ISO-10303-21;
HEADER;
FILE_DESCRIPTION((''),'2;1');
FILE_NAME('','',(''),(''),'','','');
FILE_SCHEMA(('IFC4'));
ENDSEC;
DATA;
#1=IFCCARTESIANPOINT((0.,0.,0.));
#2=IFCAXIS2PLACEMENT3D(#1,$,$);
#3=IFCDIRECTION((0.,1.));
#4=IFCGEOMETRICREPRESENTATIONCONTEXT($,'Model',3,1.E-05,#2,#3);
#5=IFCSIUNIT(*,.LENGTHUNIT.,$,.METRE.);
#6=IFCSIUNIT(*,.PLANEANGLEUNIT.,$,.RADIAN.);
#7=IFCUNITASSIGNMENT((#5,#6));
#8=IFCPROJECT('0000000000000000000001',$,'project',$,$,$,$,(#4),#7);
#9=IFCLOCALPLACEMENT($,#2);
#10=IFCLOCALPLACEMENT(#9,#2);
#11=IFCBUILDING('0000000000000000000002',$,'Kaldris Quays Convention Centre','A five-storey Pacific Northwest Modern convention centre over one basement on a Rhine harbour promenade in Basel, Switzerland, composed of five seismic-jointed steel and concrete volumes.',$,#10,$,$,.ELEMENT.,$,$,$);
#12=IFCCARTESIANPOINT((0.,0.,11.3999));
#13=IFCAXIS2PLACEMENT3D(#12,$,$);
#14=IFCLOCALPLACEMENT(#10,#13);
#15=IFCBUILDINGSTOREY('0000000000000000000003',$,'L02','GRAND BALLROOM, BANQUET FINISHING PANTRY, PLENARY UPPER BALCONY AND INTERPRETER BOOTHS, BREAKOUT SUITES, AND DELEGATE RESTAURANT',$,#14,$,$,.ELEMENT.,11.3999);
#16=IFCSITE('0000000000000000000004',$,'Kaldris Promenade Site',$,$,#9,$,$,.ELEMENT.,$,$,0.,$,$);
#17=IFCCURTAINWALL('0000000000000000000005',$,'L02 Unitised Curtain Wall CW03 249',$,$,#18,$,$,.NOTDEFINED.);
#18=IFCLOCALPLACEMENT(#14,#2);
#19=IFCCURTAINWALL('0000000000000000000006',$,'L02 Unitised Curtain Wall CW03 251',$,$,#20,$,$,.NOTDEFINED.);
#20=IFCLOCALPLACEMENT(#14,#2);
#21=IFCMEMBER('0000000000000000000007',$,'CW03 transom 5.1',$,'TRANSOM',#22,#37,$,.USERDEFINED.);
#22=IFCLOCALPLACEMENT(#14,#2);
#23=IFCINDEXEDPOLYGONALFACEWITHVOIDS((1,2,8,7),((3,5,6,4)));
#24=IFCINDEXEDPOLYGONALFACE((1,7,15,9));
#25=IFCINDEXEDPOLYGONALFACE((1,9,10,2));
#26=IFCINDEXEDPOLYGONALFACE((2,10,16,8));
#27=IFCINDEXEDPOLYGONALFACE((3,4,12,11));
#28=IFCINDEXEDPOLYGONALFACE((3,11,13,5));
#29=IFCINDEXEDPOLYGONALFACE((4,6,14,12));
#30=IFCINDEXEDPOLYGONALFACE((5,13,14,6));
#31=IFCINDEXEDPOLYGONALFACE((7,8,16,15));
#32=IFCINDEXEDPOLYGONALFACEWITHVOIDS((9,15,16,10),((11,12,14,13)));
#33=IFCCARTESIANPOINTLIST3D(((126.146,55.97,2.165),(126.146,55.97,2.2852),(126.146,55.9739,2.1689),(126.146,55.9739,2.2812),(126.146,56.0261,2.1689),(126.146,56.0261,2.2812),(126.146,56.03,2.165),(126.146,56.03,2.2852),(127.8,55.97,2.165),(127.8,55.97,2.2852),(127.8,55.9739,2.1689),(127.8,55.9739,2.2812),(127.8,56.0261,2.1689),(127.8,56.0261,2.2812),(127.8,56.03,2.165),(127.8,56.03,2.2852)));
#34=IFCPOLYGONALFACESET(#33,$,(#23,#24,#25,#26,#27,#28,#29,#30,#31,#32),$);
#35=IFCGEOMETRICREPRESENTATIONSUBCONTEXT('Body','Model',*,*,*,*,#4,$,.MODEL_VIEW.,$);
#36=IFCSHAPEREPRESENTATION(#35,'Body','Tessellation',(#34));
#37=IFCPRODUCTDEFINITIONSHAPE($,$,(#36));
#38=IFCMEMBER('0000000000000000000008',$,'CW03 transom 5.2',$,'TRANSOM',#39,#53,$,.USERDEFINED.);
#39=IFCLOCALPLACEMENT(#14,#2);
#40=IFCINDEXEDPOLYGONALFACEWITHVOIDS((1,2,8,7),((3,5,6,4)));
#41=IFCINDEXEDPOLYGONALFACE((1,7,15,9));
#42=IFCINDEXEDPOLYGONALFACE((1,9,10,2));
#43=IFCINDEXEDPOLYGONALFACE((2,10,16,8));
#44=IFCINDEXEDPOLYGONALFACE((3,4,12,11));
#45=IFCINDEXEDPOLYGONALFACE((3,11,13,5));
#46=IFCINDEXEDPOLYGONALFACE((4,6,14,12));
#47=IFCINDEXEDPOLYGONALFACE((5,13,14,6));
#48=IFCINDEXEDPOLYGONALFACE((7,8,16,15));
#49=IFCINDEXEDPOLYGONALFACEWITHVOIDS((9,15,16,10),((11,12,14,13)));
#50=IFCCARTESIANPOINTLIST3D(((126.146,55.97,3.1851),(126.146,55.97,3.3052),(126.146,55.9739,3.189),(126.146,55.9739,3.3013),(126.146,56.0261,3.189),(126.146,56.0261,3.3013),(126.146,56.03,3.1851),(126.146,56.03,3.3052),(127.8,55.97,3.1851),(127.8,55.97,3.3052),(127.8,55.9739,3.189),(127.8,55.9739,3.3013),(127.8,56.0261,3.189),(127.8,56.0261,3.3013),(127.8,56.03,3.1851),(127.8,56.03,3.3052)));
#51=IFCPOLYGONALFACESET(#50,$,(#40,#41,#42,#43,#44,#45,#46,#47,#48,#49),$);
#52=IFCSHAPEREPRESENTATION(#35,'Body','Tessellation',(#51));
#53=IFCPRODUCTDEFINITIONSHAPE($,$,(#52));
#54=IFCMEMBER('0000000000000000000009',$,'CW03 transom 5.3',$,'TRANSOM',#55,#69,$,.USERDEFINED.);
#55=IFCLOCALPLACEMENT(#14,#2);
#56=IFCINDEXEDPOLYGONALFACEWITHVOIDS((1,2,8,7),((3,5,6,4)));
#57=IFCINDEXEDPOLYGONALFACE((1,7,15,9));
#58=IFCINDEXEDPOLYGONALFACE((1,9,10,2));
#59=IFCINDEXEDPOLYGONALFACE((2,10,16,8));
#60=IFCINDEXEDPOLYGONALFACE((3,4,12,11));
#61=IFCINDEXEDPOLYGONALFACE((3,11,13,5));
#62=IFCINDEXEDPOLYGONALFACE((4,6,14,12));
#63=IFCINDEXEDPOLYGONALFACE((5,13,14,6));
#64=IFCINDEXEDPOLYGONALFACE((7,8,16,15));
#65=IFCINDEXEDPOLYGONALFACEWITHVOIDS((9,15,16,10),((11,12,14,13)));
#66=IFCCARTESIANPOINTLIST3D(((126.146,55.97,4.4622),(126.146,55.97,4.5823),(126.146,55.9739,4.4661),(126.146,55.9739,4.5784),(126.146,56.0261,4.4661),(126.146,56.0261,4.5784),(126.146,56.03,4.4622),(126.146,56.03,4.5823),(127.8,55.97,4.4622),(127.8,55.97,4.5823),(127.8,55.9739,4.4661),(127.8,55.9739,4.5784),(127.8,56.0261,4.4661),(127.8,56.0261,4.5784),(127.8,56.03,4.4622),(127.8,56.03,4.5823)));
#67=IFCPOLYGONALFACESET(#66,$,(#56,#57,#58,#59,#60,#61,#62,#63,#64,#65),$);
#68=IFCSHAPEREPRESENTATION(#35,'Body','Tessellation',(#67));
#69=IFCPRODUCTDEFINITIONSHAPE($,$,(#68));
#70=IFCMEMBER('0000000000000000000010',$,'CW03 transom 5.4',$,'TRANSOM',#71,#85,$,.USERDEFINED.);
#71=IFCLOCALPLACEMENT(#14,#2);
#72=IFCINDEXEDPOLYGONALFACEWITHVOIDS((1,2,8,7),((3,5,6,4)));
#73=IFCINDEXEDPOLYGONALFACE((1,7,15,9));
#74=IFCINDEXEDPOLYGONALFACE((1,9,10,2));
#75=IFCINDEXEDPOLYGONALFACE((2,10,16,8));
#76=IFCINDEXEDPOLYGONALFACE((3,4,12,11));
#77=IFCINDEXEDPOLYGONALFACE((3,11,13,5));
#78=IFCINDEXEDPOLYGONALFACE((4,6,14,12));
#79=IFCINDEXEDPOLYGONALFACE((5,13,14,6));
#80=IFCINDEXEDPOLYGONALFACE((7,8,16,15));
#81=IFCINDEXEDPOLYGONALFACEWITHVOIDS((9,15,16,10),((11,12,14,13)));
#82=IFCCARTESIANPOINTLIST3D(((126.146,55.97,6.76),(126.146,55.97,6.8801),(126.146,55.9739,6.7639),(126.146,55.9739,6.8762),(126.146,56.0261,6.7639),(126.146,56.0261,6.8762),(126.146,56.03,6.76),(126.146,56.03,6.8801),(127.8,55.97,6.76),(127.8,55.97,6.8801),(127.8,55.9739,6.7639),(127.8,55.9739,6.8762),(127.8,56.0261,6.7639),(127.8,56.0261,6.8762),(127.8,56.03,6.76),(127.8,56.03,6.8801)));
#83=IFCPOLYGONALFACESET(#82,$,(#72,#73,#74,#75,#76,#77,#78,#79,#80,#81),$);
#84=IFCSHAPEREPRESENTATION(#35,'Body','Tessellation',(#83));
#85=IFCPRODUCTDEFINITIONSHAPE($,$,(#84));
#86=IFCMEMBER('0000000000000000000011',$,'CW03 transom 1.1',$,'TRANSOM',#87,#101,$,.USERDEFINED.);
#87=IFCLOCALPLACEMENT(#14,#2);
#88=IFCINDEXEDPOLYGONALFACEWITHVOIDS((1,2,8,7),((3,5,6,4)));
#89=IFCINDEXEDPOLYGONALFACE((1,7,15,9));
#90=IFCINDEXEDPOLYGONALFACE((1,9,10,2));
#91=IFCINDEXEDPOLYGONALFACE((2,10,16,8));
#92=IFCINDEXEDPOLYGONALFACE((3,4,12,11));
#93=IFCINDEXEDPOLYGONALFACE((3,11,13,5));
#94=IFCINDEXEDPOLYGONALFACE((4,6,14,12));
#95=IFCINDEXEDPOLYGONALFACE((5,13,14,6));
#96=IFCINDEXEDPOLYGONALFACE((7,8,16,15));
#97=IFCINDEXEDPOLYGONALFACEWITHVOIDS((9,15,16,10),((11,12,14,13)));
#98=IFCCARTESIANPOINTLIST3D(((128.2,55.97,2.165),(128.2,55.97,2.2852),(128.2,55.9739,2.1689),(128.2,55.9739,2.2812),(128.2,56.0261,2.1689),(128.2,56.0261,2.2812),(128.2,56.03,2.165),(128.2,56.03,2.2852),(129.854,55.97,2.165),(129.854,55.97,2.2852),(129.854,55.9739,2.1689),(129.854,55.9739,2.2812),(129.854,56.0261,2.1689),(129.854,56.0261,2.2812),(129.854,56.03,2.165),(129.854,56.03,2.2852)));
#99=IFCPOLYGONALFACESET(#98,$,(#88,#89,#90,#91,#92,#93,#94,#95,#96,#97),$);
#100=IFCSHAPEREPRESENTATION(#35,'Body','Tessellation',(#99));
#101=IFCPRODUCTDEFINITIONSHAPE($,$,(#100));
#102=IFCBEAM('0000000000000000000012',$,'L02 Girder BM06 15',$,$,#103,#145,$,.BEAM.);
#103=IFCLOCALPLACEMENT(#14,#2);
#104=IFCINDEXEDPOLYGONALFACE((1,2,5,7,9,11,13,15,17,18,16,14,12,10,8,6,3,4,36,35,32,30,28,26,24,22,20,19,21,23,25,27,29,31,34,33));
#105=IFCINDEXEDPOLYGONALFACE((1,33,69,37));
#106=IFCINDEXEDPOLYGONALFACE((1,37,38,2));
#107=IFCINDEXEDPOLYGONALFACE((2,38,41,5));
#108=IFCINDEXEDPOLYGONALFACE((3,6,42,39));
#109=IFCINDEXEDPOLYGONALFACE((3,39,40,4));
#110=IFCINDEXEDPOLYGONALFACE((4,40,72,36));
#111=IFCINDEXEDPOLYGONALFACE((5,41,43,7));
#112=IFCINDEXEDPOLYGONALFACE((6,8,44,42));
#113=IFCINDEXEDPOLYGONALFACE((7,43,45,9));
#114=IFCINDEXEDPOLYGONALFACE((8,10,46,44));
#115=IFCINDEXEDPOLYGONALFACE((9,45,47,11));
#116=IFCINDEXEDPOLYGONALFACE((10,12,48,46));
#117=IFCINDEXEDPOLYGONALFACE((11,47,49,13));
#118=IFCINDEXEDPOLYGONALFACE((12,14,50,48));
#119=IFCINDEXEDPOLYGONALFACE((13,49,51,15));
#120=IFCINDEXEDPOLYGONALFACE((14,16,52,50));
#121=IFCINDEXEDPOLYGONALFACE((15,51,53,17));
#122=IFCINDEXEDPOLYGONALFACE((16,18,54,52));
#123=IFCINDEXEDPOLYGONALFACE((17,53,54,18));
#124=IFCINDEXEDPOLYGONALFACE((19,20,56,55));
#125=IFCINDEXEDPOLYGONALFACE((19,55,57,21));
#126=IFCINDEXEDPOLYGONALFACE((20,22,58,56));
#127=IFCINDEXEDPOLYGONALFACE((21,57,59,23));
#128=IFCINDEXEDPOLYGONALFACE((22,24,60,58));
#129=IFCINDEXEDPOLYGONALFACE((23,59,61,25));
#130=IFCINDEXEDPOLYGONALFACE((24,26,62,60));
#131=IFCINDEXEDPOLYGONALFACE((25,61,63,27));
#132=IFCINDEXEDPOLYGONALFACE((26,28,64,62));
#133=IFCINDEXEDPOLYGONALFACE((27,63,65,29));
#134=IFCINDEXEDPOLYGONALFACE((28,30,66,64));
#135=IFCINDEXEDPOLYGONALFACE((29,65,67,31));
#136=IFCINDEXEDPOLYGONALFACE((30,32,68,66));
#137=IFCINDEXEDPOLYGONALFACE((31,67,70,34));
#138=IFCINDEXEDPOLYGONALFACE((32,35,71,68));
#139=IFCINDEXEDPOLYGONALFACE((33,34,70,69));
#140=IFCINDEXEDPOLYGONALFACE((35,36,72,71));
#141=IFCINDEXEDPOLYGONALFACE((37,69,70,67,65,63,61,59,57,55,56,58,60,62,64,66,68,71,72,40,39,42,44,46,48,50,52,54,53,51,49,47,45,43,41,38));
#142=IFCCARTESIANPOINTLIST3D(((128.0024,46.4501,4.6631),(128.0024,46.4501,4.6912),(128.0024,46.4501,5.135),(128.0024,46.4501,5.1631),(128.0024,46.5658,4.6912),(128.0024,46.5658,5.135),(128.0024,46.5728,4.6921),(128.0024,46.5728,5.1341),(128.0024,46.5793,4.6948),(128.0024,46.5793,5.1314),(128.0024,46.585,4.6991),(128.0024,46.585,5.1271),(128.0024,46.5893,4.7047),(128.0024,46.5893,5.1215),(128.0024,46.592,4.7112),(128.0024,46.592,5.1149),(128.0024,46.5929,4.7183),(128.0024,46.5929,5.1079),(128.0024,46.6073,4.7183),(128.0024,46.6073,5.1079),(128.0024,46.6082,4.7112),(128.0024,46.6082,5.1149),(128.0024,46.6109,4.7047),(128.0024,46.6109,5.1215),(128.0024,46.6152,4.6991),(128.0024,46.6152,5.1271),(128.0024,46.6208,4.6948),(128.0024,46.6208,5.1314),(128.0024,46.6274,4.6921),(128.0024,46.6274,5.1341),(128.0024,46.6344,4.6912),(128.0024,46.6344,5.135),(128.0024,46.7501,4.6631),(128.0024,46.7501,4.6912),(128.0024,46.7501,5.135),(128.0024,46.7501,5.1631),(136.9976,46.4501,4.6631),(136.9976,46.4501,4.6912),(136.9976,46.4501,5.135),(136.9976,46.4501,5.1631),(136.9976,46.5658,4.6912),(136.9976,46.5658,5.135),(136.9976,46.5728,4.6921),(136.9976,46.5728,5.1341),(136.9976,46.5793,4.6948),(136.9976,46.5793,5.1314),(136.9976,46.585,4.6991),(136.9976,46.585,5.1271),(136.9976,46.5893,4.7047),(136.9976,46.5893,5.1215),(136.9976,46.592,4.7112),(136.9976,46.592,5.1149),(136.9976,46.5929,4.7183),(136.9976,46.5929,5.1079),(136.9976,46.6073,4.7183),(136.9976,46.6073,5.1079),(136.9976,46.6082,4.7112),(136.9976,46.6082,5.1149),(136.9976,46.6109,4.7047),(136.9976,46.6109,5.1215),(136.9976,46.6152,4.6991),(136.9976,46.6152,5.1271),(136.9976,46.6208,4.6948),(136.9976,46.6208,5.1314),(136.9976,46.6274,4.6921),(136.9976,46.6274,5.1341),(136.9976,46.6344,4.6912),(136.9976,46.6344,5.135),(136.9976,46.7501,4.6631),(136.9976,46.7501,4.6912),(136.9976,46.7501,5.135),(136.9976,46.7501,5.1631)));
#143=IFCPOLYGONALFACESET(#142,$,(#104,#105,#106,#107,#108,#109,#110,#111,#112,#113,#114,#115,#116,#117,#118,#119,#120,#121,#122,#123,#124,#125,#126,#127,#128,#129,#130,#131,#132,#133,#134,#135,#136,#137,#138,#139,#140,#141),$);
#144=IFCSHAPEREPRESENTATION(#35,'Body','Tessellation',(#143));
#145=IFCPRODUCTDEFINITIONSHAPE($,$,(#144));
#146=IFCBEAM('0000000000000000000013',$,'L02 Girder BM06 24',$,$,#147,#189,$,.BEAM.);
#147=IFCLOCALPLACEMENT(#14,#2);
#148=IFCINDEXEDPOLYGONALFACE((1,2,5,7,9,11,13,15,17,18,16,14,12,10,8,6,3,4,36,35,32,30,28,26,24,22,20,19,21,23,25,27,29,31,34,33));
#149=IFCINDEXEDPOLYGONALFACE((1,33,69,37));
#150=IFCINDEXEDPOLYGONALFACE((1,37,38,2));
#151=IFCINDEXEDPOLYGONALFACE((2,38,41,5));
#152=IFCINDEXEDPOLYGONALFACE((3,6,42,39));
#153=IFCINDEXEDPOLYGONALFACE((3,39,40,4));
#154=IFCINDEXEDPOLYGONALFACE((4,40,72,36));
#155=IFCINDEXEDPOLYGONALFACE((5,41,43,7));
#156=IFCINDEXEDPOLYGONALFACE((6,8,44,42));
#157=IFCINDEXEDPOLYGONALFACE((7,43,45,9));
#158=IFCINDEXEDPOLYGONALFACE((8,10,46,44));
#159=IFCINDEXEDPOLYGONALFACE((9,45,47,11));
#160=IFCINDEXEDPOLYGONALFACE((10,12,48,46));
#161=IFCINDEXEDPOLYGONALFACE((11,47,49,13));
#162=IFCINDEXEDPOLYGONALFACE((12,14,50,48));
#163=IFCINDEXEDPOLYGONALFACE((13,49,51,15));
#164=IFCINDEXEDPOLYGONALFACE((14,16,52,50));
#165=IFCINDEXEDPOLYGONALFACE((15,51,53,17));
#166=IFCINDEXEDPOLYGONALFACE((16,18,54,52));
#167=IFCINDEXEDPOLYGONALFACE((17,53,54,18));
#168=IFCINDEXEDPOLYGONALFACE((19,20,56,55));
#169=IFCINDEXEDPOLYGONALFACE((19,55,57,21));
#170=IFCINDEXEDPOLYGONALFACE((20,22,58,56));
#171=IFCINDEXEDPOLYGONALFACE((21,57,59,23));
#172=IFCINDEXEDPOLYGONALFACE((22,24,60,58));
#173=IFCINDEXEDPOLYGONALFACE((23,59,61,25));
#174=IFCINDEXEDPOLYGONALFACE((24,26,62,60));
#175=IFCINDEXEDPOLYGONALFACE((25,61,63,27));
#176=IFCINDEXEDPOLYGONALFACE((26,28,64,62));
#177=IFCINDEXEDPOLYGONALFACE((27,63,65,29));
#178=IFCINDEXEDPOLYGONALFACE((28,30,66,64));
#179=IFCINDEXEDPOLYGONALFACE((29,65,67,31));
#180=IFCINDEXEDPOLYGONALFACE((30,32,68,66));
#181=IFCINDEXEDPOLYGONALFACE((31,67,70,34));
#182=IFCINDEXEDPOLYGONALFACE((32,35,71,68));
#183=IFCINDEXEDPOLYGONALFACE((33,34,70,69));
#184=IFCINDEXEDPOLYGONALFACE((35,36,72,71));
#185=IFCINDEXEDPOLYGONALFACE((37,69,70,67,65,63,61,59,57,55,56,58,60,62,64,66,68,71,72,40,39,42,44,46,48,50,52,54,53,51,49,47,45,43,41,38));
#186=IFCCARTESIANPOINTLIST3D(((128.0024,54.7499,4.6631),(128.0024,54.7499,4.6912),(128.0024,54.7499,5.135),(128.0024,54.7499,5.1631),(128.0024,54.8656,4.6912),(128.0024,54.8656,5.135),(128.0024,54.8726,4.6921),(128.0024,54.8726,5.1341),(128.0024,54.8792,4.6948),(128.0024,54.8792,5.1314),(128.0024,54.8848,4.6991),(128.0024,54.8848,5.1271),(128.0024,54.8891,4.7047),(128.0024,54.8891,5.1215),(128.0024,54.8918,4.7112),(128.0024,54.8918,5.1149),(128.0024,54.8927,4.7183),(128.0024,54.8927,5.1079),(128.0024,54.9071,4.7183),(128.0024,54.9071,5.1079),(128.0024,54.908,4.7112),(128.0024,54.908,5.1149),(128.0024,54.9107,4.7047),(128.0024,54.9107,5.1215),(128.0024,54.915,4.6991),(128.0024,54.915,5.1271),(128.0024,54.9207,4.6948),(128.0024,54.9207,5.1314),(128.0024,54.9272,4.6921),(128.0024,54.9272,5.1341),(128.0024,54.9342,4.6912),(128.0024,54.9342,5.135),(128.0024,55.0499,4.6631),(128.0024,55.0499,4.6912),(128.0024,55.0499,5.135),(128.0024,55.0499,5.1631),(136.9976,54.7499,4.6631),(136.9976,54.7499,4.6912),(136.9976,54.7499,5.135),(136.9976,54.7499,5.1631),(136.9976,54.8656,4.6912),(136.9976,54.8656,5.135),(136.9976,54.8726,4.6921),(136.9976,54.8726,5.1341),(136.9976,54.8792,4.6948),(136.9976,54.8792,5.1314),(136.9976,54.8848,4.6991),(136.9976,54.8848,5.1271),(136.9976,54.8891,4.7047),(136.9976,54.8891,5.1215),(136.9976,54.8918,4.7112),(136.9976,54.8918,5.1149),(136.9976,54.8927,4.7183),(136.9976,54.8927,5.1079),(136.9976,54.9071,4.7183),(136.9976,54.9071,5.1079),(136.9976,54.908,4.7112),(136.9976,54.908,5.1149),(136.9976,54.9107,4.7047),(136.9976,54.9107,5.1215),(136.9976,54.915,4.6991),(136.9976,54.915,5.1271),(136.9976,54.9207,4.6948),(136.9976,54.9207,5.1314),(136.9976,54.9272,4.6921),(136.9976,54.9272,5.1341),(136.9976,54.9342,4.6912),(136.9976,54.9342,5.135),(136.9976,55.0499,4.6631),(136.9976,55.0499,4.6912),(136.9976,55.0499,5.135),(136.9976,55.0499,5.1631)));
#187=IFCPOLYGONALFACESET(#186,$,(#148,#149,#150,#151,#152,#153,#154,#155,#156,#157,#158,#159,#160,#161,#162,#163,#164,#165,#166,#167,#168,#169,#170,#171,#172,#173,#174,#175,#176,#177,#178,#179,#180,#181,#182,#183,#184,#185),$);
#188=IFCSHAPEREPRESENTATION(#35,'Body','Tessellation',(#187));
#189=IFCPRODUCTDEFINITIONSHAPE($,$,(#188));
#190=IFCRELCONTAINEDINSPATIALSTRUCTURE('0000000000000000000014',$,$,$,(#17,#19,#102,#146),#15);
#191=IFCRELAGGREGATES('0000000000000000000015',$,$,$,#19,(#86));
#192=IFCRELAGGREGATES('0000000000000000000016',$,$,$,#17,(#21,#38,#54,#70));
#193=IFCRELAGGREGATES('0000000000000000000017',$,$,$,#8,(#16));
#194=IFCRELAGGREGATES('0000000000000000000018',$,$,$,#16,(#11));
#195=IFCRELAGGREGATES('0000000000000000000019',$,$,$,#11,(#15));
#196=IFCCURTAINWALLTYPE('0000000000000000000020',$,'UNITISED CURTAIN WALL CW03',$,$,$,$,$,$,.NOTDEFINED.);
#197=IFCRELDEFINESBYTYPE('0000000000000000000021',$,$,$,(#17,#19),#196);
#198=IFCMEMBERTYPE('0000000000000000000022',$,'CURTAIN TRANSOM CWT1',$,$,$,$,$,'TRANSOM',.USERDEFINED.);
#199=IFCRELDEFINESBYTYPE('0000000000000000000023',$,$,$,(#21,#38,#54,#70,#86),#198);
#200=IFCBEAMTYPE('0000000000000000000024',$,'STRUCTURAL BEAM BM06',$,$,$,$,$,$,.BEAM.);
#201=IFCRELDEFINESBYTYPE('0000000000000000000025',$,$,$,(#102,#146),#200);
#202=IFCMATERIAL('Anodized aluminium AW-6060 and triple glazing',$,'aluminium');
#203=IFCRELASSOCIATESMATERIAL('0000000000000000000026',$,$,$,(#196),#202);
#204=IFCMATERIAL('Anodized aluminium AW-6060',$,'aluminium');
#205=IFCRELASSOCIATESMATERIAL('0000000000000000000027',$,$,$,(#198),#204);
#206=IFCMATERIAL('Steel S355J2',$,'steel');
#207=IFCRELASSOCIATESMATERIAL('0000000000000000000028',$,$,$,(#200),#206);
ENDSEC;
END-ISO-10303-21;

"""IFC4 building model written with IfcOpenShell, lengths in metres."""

from ifc_helpers import new_model, si_unit, direction, frame, origin, origin_2d, place, context, subcontext, project, spatial, hollow_rectangle, i_section, extrude, material, material_profile, profile_set, type_object, element, aggregate, save


model = new_model("IFC4")

# Units and contexts
model_context = context("Model", 3, precision=1e-05, world=origin(), true_north=direction((0.0, 1.0)))
body_context = subcontext(model_context, "Body", "Model", "MODEL_VIEW")
ifc_project = project(units=[si_unit("LENGTHUNIT", "METRE"), si_unit("PLANEANGLEUNIT", "RADIAN")], contexts=[model_context])

# Site, building, storey
site_placement = place(None, origin())
site = spatial("IfcSite", under=ifc_project, at=site_placement, Name="Kaldris Promenade Site", CompositionType="ELEMENT", RefElevation=0.0)
building_placement = place(site_placement, origin())
building = spatial("IfcBuilding", under=site, at=building_placement, Name="Kaldris Quays Convention Centre", Description="A five-storey Pacific Northwest Modern convention centre over one basement on a Rhine harbour promenade in Basel, Switzerland, composed of five seismic-jointed steel and concrete volumes.", CompositionType="ELEMENT")
storey_placement = place(building_placement, frame((0.0, 0.0, 11.3999)))
storey = spatial("IfcBuildingStorey", under=building, at=storey_placement, Name="L02", Description="GRAND BALLROOM, BANQUET FINISHING PANTRY, PLENARY UPPER BALCONY AND INTERPRETER BOOTHS, BREAKOUT SUITES, AND DELEGATE RESTAURANT", CompositionType="ELEMENT", Elevation=11.3999)

# Shared definitions
ifc_material_1 = material(Name="Steel S355J2", Category="steel")

# Curtain wall
ifc_material_2 = material(Name="Anodized aluminium AW-6060 and triple glazing", Category="aluminium")
curtain_wall_type = type_object("IfcCurtainWallType", Name="UNITISED CURTAIN WALL CW03", PredefinedType="NOTDEFINED", material=ifc_material_2)
curtain_wall_1_placement = place(storey_placement, origin())
curtain_wall_1 = element("IfcCurtainWall", 1, at=curtain_wall_1_placement, inside=storey, type_object=curtain_wall_type, Name="L02 Unitised Curtain Wall CW03 249", PredefinedType="NOTDEFINED")
ifc_material_3 = material(Name="Anodized aluminium AW-6060", Category="aluminium")

# Curtain wall
curtain_wall_2_placement = place(storey_placement, origin())
curtain_wall_2 = element("IfcCurtainWall", 2, at=curtain_wall_2_placement, inside=storey, type_object=curtain_wall_type, Name="L02 Unitised Curtain Wall CW03 251", PredefinedType="NOTDEFINED")

# Members
ifc_material_profile_1 = material_profile(ifc_material_3, hollow_rectangle(XDim=0.0601, YDim=0.1201, WallThickness=0.0039, at=origin_2d()), Name="RHS 120x60x4")
ifc_profile_set_1 = profile_set([ifc_material_profile_1], Name="Anodized aluminium AW-6060")
member_type_1 = type_object("IfcMemberType", Name="CURTAIN TRANSOM CWT1", ElementType="TRANSOM", PredefinedType="USERDEFINED", material=ifc_profile_set_1)
member_1_placement = place(storey_placement, frame((126.146, 56.0, 2.2251), z_axis=(1.0, 0.0, 0.0), x_axis=(0.0, 1.0, 0.0)))
member_1 = element("IfcMember", 3, at=member_1_placement, type_object=member_type_1, Name="CW03 transom 5.1", ObjectType="TRANSOM", PredefinedType="USERDEFINED", context=body_context, shape_type="SweptSolid", body=[
    extrude(hollow_rectangle(XDim=0.0601, YDim=0.1201, WallThickness=0.0039, at=origin_2d()), origin(), (0.0, 0.0, 1.0), 1.6541),
])
member_2_placement = place(storey_placement, frame((126.146, 56.0, 3.2451), z_axis=(1.0, 0.0, 0.0), x_axis=(0.0, 1.0, 0.0)))
member_2 = element("IfcMember", 4, at=member_2_placement, type_object=member_type_1, Name="CW03 transom 5.2", ObjectType="TRANSOM", PredefinedType="USERDEFINED", context=body_context, shape_type="SweptSolid", body=[
    extrude(hollow_rectangle(XDim=0.0601, YDim=0.1201, WallThickness=0.0039, at=origin_2d()), origin(), (0.0, 0.0, 1.0), 1.6541),
])
member_3_placement = place(storey_placement, frame((126.146, 56.0, 4.5222), z_axis=(1.0, 0.0, 0.0), x_axis=(0.0, 1.0, 0.0)))
member_3 = element("IfcMember", 5, at=member_3_placement, type_object=member_type_1, Name="CW03 transom 5.3", ObjectType="TRANSOM", PredefinedType="USERDEFINED", context=body_context, shape_type="SweptSolid", body=[
    extrude(hollow_rectangle(XDim=0.0601, YDim=0.1201, WallThickness=0.0039, at=origin_2d()), origin(), (0.0, 0.0, 1.0), 1.6541),
])
member_4_placement = place(storey_placement, frame((126.146, 56.0, 6.8201), z_axis=(1.0, 0.0, 0.0), x_axis=(0.0, 1.0, 0.0)))
member_4 = element("IfcMember", 6, at=member_4_placement, type_object=member_type_1, Name="CW03 transom 5.4", ObjectType="TRANSOM", PredefinedType="USERDEFINED", context=body_context, shape_type="SweptSolid", body=[
    extrude(hollow_rectangle(XDim=0.0601, YDim=0.1201, WallThickness=0.0039, at=origin_2d()), origin(), (0.0, 0.0, 1.0), 1.6541),
])
member_5_placement = place(storey_placement, frame((128.2, 56.0, 2.2251), z_axis=(1.0, 0.0, 0.0), x_axis=(0.0, 1.0, 0.0)))
member_5 = element("IfcMember", 7, at=member_5_placement, type_object=member_type_1, Name="CW03 transom 1.1", ObjectType="TRANSOM", PredefinedType="USERDEFINED", context=body_context, shape_type="SweptSolid", body=[
    extrude(hollow_rectangle(XDim=0.0601, YDim=0.1201, WallThickness=0.0039, at=origin_2d()), origin(), (0.0, 0.0, 1.0), 1.6541),
])
aggregate(curtain_wall_2, [member_5])

# Beams
ifc_material_profile_2 = material_profile(ifc_material_1, i_section(OverallWidth=0.3, OverallDepth=0.5, WebThickness=0.0144, FlangeThickness=0.0281, FilletRadius=0.0271, at=origin_2d()), Name="HEB 500")
ifc_profile_set_2 = profile_set([ifc_material_profile_2], Name="Steel S355J2")
beam_type_1 = type_object("IfcBeamType", Name="STRUCTURAL BEAM BM06", PredefinedType="BEAM", material=ifc_profile_set_2)
for number, where, z_axis, x_axis, name in (
    (8, (128.0024, 46.6001, 4.9131), (1.0, 0.0, 0.0), (0.0, 1.0, 0.0), "L02 Girder BM06 15"),
    (9, (128.0024, 54.8999, 4.9131), (1.0, 0.0, 0.0), (0.0, 1.0, 0.0), "L02 Girder BM06 24"),
):
    element("IfcBeam", number, at=place(storey_placement, frame(where, z_axis=z_axis, x_axis=x_axis)), inside=storey, type_object=beam_type_1, Name=name, PredefinedType="BEAM", context=body_context, shape_type="SweptSolid", body=[
        extrude(i_section(OverallWidth=0.3, OverallDepth=0.5, WebThickness=0.0144, FlangeThickness=0.0281, FilletRadius=0.0271, at=origin_2d()), origin(), (0.0, 0.0, 1.0), 8.9951),
    ])

aggregate(curtain_wall_1, [member_1, member_2, member_3, member_4])

save(model, "model.ifc")
